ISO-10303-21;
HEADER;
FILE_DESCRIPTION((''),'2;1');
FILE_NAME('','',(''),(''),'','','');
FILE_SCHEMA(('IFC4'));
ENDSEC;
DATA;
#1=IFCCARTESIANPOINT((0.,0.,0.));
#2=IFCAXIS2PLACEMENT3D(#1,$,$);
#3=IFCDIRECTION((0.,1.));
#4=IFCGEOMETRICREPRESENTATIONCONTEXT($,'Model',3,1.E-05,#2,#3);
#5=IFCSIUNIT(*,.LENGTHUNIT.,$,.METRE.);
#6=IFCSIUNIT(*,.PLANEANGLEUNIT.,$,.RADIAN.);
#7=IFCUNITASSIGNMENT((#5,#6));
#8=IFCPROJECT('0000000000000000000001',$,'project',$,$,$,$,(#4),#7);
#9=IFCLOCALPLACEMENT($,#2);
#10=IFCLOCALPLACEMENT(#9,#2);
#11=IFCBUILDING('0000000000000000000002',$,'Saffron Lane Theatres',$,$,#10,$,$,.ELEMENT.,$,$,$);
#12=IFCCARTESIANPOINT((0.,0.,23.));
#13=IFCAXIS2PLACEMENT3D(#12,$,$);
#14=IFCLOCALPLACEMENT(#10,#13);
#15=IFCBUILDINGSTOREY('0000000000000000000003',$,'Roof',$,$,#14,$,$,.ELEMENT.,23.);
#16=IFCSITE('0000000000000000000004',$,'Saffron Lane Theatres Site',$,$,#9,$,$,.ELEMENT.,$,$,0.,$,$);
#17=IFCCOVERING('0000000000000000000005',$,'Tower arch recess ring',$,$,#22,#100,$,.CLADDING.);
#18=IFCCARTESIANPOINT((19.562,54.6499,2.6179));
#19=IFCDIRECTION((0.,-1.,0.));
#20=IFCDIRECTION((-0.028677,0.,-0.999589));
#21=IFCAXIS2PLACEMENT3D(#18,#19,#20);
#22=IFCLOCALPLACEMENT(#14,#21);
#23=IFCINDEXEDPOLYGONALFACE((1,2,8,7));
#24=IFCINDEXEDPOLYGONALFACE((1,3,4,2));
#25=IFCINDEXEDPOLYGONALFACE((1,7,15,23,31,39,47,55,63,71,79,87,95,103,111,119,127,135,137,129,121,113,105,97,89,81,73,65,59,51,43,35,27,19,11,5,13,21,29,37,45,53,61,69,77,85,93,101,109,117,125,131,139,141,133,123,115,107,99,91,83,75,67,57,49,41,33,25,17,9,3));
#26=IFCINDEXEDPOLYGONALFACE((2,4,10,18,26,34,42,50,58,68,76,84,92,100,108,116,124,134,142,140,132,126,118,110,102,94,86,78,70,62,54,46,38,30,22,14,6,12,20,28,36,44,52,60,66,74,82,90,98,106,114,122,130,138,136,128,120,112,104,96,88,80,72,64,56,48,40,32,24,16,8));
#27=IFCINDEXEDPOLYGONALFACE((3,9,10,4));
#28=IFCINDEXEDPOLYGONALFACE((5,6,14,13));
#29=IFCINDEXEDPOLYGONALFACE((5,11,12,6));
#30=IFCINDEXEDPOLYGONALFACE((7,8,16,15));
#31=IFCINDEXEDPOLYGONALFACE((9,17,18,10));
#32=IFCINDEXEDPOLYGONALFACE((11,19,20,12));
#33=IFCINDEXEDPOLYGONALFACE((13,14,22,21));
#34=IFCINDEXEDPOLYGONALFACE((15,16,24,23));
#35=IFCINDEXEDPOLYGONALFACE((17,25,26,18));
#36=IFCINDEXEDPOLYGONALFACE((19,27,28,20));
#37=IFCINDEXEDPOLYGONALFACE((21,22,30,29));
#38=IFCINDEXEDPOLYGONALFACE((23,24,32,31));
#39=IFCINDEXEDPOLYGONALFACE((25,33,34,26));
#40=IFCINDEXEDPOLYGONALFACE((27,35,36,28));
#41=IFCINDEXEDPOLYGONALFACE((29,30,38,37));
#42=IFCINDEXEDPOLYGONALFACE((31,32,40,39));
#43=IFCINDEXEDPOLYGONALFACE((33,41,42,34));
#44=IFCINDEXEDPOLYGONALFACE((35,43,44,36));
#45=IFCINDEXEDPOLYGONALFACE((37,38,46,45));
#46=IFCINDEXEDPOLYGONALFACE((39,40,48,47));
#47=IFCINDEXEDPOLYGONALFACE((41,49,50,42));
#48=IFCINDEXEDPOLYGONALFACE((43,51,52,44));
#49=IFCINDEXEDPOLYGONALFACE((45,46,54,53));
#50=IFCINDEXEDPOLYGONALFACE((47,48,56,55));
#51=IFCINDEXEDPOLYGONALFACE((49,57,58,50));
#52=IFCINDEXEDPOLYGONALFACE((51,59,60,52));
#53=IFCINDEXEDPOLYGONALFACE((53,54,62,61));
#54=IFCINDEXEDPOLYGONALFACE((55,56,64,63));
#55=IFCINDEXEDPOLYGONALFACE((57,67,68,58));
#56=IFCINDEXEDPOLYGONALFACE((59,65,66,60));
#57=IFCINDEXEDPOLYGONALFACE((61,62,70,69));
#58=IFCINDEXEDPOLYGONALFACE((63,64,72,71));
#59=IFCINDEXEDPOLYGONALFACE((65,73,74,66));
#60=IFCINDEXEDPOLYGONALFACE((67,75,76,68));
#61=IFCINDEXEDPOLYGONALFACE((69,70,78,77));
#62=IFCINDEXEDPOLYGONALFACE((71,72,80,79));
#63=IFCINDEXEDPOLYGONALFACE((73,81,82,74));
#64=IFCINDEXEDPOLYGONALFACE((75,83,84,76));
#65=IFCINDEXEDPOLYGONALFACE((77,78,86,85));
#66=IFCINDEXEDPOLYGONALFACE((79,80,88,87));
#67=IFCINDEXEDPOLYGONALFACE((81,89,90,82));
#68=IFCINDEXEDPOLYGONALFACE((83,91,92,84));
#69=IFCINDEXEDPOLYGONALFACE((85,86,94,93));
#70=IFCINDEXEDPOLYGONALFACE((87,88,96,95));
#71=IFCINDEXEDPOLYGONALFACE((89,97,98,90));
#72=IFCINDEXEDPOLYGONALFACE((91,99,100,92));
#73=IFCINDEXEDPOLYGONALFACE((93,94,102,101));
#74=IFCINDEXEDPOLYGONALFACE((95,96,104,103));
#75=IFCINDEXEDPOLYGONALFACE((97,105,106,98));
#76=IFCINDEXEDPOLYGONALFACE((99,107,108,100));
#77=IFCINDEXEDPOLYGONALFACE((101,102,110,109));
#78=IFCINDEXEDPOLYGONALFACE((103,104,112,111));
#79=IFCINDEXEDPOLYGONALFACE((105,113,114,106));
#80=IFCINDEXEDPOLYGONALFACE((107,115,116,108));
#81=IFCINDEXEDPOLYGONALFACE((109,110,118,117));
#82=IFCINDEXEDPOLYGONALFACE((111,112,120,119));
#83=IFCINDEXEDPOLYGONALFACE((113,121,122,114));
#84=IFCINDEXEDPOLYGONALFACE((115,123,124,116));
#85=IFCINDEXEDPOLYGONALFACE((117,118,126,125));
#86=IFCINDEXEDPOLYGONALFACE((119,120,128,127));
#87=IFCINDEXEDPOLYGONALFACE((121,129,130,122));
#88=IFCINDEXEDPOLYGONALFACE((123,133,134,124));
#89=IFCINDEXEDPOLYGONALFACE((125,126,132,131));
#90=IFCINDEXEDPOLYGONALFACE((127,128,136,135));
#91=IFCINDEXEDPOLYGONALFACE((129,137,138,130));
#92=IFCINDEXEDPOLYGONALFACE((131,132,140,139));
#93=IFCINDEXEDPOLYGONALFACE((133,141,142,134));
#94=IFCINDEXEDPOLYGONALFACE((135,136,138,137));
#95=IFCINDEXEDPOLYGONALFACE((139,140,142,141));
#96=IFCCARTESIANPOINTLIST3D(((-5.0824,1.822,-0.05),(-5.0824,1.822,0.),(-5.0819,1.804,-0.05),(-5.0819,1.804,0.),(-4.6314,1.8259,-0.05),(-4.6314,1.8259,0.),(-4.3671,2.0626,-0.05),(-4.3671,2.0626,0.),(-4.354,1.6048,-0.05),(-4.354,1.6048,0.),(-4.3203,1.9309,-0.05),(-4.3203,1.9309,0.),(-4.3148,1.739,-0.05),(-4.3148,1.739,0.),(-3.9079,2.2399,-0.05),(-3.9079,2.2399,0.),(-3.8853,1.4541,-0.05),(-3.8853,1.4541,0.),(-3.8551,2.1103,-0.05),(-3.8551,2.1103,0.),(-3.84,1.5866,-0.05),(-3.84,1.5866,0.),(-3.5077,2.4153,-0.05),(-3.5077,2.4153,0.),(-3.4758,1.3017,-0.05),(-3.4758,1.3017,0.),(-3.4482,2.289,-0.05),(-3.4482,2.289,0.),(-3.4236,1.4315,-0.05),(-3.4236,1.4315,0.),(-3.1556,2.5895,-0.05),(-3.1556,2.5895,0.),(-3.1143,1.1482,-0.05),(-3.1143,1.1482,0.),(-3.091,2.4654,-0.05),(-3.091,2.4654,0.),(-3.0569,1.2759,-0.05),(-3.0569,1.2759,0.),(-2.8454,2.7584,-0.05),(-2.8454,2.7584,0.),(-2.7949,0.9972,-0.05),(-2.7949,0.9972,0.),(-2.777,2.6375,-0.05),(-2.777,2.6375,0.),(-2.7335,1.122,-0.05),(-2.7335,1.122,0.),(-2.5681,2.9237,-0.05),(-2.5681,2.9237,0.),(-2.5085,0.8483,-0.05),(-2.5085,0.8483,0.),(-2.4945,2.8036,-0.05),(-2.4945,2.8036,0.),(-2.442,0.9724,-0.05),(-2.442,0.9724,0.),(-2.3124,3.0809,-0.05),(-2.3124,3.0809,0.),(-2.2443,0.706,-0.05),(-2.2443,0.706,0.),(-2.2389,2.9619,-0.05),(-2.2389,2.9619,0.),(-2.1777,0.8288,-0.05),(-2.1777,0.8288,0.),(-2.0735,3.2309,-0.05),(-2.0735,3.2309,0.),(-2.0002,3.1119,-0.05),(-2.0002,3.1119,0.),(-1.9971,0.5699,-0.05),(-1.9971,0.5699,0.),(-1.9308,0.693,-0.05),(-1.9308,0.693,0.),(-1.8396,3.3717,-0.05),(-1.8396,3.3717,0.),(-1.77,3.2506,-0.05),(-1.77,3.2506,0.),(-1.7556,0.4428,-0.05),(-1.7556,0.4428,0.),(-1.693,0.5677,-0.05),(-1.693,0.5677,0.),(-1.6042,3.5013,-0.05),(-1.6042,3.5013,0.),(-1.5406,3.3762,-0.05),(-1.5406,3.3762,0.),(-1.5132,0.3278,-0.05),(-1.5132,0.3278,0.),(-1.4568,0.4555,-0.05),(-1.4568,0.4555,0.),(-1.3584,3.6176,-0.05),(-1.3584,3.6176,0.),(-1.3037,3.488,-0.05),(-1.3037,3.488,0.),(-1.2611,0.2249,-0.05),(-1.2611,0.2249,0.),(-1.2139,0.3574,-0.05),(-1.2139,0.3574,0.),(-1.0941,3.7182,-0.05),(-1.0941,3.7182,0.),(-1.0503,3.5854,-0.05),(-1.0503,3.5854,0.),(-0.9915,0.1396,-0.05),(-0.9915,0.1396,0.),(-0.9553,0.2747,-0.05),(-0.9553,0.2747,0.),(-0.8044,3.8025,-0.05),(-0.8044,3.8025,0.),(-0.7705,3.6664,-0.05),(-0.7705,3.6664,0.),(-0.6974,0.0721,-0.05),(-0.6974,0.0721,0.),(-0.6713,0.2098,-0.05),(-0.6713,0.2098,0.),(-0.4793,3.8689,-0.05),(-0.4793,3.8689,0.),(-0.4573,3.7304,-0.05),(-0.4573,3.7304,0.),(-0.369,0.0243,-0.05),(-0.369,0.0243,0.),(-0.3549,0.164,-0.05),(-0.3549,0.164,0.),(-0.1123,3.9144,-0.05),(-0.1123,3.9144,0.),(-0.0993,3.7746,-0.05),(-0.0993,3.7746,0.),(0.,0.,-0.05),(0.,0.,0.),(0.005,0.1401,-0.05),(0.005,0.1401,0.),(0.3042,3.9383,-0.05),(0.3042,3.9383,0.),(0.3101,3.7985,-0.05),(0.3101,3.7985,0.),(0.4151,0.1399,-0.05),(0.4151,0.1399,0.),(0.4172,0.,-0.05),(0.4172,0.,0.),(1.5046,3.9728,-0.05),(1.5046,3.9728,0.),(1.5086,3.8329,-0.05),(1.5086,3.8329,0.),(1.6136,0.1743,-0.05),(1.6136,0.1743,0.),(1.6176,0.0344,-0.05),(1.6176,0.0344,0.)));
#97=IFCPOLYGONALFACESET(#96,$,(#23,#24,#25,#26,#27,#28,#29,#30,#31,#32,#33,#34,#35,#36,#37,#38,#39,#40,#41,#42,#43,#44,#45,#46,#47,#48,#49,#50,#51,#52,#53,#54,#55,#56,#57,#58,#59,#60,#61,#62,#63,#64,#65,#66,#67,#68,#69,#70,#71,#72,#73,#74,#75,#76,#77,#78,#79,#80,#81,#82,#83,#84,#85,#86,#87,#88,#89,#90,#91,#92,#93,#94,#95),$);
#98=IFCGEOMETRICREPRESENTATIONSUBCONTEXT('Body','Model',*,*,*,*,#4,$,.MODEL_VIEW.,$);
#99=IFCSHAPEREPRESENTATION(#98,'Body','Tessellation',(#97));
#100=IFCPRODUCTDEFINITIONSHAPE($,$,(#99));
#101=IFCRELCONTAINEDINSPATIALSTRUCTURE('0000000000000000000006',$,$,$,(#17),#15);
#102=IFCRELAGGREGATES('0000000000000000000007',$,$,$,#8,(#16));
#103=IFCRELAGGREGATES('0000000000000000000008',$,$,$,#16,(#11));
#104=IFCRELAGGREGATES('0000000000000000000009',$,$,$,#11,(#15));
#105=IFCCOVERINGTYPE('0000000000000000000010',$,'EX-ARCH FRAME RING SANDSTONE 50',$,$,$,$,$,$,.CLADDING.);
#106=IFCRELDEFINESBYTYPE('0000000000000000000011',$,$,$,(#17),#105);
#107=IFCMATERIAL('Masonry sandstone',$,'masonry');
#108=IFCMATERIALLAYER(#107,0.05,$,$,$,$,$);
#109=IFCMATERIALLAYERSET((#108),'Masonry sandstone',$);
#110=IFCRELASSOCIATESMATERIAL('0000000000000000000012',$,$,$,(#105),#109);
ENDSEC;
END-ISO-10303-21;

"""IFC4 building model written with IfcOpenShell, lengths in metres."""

from ifc_helpers import new_model, si_unit, direction, frame, origin, place, context, subcontext, project, spatial, polyline, outline, extrude, material, layer, layer_set, type_object, element, save


model = new_model("IFC4")

# Units and contexts
model_context = context("Model", 3, precision=1e-05, world=origin(), true_north=direction((0.0, 1.0)))
body_context = subcontext(model_context, "Body", "Model", "MODEL_VIEW")
ifc_project = project(units=[si_unit("LENGTHUNIT", "METRE"), si_unit("PLANEANGLEUNIT", "RADIAN")], contexts=[model_context])

# Site, building, storey
site_placement = place(None, origin())
site = spatial("IfcSite", under=ifc_project, at=site_placement, Name="Saffron Lane Theatres Site", CompositionType="ELEMENT", RefElevation=0.0)
building_placement = place(site_placement, origin())
building = spatial("IfcBuilding", under=site, at=building_placement, Name="Saffron Lane Theatres", CompositionType="ELEMENT")
storey_placement = place(building_placement, frame((0.0, 0.0, 23.0)))
storey = spatial("IfcBuildingStorey", under=building, at=storey_placement, Name="Roof", CompositionType="ELEMENT", Elevation=23.0)

# Covering
ifc_material_1 = material(Name="Masonry sandstone", Category="masonry")
ifc_layer_1 = layer(ifc_material_1, 0.05)
ifc_layer_set_1 = layer_set([ifc_layer_1], Name="Masonry sandstone")
covering_type_1 = type_object("IfcCoveringType", Name="EX-ARCH FRAME RING SANDSTONE 50", PredefinedType="CLADDING", material=ifc_layer_set_1)
covering_1_placement = place(storey_placement, frame((19.562, 54.6499, 2.6179), z_axis=(0.0, -1.0, 0.0), x_axis=(-0.028677, 0.0, -0.999589)))
element("IfcCovering", 1, at=covering_1_placement, inside=storey, type_object=covering_type_1, Name="Tower arch recess ring", PredefinedType="CLADDING", context=body_context, shape_type="SweptSolid", body=[
    extrude(outline(polyline([(0.0, 0.0), (0.4172, 0.0), (1.6176, 0.0344), (1.6136, 0.1743), (0.4151, 0.1399), (0.005, 0.1401), (-0.3549, 0.164), (-0.6713, 0.2098), (-0.9553, 0.2747), (-1.2139, 0.3574), (-1.4568, 0.4555), (-1.693, 0.5677), (-1.9308, 0.693), (-2.1777, 0.8288), (-2.442, 0.9724), (-2.7335, 1.122), (-3.0569, 1.2759), (-3.4236, 1.4315), (-3.84, 1.5866), (-4.3148, 1.739), (-4.6314, 1.8259), (-4.3203, 1.9309), (-3.8551, 2.1103), (-3.4482, 2.289), (-3.091, 2.4654), (-2.777, 2.6375), (-2.4945, 2.8036), (-2.2389, 2.9619), (-2.0002, 3.1119), (-1.77, 3.2506), (-1.5406, 3.3762), (-1.3037, 3.488), (-1.0503, 3.5854), (-0.7705, 3.6664), (-0.4573, 3.7304), (-0.0993, 3.7746), (0.3101, 3.7985), (1.5086, 3.8329), (1.5046, 3.9728), (0.3042, 3.9383), (-0.1123, 3.9144), (-0.4793, 3.8689), (-0.8044, 3.8025), (-1.0941, 3.7182), (-1.3584, 3.6176), (-1.6042, 3.5013), (-1.8396, 3.3717), (-2.0735, 3.2309), (-2.3124, 3.0809), (-2.5681, 2.9237), (-2.8454, 2.7584), (-3.1556, 2.5895), (-3.5077, 2.4153), (-3.9079, 2.2399), (-4.3671, 2.0626), (-5.0824, 1.822), (-5.0819, 1.804), (-4.354, 1.6048), (-3.8853, 1.4541), (-3.4758, 1.3017), (-3.1143, 1.1482), (-2.7949, 0.9972), (-2.5085, 0.8483), (-2.2443, 0.706), (-1.9971, 0.5699), (-1.7556, 0.4428), (-1.5132, 0.3278), (-1.2611, 0.2249), (-0.9915, 0.1396), (-0.6974, 0.0721), (-0.369, 0.0243), (0.0, 0.0)])), origin(), (0.0, 0.0, -1.0), 0.05),
])

save(model, "model.ifc")
